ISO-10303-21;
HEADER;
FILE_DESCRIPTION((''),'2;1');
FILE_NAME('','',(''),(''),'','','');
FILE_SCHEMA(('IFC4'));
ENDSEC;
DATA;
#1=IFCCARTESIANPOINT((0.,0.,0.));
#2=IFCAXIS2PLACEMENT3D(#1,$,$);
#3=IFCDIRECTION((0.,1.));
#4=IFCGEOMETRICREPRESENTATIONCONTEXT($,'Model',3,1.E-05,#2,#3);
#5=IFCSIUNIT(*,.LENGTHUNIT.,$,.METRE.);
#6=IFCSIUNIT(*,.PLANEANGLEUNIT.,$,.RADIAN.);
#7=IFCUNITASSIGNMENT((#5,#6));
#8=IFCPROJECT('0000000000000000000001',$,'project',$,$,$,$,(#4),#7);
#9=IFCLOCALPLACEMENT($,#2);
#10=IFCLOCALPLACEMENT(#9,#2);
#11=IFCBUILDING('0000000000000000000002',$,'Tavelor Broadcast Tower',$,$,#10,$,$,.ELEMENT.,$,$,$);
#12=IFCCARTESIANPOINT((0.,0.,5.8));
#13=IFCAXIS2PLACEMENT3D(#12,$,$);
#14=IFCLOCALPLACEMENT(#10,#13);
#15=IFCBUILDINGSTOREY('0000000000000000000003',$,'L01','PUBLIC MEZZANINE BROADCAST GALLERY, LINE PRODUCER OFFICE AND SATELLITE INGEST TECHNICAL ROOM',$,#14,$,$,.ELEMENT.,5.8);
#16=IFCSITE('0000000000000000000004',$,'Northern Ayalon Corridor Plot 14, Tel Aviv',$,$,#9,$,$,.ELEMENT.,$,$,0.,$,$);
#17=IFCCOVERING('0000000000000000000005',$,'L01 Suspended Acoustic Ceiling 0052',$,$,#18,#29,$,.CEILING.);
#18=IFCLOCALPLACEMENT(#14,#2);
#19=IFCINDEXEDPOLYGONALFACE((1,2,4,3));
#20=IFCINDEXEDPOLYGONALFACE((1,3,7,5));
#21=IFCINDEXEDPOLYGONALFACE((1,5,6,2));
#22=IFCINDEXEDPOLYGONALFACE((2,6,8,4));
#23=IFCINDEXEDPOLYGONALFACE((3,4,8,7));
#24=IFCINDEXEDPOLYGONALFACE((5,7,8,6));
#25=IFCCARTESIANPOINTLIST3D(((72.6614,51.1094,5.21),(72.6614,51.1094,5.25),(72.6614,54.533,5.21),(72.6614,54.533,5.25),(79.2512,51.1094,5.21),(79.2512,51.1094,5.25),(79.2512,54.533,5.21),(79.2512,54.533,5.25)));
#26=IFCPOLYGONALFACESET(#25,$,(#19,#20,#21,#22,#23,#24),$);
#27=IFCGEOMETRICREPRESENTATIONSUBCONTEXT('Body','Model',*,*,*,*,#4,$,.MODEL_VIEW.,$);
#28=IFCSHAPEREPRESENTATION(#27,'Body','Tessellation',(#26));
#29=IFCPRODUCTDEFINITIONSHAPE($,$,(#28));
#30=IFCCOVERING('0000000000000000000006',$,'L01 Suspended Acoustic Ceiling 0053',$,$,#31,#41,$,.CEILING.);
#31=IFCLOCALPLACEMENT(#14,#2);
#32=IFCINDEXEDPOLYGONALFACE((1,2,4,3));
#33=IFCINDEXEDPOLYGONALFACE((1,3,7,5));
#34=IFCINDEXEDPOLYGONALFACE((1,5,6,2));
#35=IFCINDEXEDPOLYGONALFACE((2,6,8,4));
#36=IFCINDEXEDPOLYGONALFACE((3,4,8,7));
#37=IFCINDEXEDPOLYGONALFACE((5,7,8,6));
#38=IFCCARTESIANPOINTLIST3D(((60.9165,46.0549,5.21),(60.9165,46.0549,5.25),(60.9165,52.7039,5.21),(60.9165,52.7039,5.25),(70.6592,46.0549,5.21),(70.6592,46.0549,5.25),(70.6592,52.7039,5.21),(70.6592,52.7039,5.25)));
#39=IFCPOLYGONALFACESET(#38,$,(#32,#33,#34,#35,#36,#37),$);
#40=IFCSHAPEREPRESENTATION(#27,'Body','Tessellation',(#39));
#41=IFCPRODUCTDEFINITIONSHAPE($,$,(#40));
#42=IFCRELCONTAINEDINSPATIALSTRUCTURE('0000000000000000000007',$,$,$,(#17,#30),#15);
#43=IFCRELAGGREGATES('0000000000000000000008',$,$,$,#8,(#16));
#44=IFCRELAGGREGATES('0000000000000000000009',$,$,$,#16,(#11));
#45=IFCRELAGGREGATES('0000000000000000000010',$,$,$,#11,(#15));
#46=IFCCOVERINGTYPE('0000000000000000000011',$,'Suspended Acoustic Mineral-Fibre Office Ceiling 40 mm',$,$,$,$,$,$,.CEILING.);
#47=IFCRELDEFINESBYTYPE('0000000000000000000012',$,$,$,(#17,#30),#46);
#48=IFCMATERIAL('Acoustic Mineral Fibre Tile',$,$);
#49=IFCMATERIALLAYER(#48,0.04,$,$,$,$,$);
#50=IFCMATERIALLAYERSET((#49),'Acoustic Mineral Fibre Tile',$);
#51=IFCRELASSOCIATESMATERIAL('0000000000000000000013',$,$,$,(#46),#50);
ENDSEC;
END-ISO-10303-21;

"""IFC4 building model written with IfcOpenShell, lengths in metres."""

from ifc_helpers import new_model, si_unit, direction, frame, origin, place, context, subcontext, project, spatial, polyline, outline, extrude, material, layer, layer_set, type_object, element, save


model = new_model("IFC4")

# Units and contexts
model_context = context("Model", 3, precision=1e-05, world=origin(), true_north=direction((0.0, 1.0)))
body_context = subcontext(model_context, "Body", "Model", "MODEL_VIEW")
ifc_project = project(units=[si_unit("LENGTHUNIT", "METRE"), si_unit("PLANEANGLEUNIT", "RADIAN")], contexts=[model_context])

# Site, building, storey
site_placement = place(None, origin())
site = spatial("IfcSite", under=ifc_project, at=site_placement, Name="Northern Ayalon Corridor Plot 14, Tel Aviv", CompositionType="ELEMENT", RefElevation=0.0)
building_placement = place(site_placement, origin())
building = spatial("IfcBuilding", under=site, at=building_placement, Name="Tavelor Broadcast Tower", CompositionType="ELEMENT")
storey_placement = place(building_placement, frame((0.0, 0.0, 5.8)))
storey = spatial("IfcBuildingStorey", under=building, at=storey_placement, Name="L01", Description="PUBLIC MEZZANINE BROADCAST GALLERY, LINE PRODUCER OFFICE AND SATELLITE INGEST TECHNICAL ROOM", CompositionType="ELEMENT", Elevation=5.8)

# Coverings
ifc_material_1 = material(Name="Acoustic Mineral Fibre Tile")
ifc_layer_1 = layer(ifc_material_1, 0.04)
ifc_layer_set_1 = layer_set([ifc_layer_1], Name="Acoustic Mineral Fibre Tile")
covering_type_1 = type_object("IfcCoveringType", Name="Suspended Acoustic Mineral-Fibre Office Ceiling 40 mm", PredefinedType="CEILING", material=ifc_layer_set_1)
covering_1_placement = place(storey_placement, frame((0.0, 0.0, 5.21)))
element("IfcCovering", 1, at=covering_1_placement, inside=storey, type_object=covering_type_1, Name="L01 Suspended Acoustic Ceiling 0052", PredefinedType="CEILING", context=body_context, shape_type="SweptSolid", body=[
    extrude(outline(polyline([(72.6614, 51.1094), (79.2512, 51.1094), (79.2512, 54.533), (72.6614, 54.533), (72.6614, 51.1094)])), origin(), (0.0, 0.0, 1.0), 0.04),
])
covering_2_placement = place(storey_placement, frame((0.0, 0.0, 5.21)))
element("IfcCovering", 2, at=covering_2_placement, inside=storey, type_object=covering_type_1, Name="L01 Suspended Acoustic Ceiling 0053", PredefinedType="CEILING", context=body_context, shape_type="SweptSolid", body=[
    extrude(outline(polyline([(60.9165, 46.0549), (70.6592, 46.0549), (70.6592, 52.7039), (60.9165, 52.7039), (60.9165, 46.0549)])), origin(), (0.0, 0.0, 1.0), 0.04),
])

save(model, "model.ifc")
